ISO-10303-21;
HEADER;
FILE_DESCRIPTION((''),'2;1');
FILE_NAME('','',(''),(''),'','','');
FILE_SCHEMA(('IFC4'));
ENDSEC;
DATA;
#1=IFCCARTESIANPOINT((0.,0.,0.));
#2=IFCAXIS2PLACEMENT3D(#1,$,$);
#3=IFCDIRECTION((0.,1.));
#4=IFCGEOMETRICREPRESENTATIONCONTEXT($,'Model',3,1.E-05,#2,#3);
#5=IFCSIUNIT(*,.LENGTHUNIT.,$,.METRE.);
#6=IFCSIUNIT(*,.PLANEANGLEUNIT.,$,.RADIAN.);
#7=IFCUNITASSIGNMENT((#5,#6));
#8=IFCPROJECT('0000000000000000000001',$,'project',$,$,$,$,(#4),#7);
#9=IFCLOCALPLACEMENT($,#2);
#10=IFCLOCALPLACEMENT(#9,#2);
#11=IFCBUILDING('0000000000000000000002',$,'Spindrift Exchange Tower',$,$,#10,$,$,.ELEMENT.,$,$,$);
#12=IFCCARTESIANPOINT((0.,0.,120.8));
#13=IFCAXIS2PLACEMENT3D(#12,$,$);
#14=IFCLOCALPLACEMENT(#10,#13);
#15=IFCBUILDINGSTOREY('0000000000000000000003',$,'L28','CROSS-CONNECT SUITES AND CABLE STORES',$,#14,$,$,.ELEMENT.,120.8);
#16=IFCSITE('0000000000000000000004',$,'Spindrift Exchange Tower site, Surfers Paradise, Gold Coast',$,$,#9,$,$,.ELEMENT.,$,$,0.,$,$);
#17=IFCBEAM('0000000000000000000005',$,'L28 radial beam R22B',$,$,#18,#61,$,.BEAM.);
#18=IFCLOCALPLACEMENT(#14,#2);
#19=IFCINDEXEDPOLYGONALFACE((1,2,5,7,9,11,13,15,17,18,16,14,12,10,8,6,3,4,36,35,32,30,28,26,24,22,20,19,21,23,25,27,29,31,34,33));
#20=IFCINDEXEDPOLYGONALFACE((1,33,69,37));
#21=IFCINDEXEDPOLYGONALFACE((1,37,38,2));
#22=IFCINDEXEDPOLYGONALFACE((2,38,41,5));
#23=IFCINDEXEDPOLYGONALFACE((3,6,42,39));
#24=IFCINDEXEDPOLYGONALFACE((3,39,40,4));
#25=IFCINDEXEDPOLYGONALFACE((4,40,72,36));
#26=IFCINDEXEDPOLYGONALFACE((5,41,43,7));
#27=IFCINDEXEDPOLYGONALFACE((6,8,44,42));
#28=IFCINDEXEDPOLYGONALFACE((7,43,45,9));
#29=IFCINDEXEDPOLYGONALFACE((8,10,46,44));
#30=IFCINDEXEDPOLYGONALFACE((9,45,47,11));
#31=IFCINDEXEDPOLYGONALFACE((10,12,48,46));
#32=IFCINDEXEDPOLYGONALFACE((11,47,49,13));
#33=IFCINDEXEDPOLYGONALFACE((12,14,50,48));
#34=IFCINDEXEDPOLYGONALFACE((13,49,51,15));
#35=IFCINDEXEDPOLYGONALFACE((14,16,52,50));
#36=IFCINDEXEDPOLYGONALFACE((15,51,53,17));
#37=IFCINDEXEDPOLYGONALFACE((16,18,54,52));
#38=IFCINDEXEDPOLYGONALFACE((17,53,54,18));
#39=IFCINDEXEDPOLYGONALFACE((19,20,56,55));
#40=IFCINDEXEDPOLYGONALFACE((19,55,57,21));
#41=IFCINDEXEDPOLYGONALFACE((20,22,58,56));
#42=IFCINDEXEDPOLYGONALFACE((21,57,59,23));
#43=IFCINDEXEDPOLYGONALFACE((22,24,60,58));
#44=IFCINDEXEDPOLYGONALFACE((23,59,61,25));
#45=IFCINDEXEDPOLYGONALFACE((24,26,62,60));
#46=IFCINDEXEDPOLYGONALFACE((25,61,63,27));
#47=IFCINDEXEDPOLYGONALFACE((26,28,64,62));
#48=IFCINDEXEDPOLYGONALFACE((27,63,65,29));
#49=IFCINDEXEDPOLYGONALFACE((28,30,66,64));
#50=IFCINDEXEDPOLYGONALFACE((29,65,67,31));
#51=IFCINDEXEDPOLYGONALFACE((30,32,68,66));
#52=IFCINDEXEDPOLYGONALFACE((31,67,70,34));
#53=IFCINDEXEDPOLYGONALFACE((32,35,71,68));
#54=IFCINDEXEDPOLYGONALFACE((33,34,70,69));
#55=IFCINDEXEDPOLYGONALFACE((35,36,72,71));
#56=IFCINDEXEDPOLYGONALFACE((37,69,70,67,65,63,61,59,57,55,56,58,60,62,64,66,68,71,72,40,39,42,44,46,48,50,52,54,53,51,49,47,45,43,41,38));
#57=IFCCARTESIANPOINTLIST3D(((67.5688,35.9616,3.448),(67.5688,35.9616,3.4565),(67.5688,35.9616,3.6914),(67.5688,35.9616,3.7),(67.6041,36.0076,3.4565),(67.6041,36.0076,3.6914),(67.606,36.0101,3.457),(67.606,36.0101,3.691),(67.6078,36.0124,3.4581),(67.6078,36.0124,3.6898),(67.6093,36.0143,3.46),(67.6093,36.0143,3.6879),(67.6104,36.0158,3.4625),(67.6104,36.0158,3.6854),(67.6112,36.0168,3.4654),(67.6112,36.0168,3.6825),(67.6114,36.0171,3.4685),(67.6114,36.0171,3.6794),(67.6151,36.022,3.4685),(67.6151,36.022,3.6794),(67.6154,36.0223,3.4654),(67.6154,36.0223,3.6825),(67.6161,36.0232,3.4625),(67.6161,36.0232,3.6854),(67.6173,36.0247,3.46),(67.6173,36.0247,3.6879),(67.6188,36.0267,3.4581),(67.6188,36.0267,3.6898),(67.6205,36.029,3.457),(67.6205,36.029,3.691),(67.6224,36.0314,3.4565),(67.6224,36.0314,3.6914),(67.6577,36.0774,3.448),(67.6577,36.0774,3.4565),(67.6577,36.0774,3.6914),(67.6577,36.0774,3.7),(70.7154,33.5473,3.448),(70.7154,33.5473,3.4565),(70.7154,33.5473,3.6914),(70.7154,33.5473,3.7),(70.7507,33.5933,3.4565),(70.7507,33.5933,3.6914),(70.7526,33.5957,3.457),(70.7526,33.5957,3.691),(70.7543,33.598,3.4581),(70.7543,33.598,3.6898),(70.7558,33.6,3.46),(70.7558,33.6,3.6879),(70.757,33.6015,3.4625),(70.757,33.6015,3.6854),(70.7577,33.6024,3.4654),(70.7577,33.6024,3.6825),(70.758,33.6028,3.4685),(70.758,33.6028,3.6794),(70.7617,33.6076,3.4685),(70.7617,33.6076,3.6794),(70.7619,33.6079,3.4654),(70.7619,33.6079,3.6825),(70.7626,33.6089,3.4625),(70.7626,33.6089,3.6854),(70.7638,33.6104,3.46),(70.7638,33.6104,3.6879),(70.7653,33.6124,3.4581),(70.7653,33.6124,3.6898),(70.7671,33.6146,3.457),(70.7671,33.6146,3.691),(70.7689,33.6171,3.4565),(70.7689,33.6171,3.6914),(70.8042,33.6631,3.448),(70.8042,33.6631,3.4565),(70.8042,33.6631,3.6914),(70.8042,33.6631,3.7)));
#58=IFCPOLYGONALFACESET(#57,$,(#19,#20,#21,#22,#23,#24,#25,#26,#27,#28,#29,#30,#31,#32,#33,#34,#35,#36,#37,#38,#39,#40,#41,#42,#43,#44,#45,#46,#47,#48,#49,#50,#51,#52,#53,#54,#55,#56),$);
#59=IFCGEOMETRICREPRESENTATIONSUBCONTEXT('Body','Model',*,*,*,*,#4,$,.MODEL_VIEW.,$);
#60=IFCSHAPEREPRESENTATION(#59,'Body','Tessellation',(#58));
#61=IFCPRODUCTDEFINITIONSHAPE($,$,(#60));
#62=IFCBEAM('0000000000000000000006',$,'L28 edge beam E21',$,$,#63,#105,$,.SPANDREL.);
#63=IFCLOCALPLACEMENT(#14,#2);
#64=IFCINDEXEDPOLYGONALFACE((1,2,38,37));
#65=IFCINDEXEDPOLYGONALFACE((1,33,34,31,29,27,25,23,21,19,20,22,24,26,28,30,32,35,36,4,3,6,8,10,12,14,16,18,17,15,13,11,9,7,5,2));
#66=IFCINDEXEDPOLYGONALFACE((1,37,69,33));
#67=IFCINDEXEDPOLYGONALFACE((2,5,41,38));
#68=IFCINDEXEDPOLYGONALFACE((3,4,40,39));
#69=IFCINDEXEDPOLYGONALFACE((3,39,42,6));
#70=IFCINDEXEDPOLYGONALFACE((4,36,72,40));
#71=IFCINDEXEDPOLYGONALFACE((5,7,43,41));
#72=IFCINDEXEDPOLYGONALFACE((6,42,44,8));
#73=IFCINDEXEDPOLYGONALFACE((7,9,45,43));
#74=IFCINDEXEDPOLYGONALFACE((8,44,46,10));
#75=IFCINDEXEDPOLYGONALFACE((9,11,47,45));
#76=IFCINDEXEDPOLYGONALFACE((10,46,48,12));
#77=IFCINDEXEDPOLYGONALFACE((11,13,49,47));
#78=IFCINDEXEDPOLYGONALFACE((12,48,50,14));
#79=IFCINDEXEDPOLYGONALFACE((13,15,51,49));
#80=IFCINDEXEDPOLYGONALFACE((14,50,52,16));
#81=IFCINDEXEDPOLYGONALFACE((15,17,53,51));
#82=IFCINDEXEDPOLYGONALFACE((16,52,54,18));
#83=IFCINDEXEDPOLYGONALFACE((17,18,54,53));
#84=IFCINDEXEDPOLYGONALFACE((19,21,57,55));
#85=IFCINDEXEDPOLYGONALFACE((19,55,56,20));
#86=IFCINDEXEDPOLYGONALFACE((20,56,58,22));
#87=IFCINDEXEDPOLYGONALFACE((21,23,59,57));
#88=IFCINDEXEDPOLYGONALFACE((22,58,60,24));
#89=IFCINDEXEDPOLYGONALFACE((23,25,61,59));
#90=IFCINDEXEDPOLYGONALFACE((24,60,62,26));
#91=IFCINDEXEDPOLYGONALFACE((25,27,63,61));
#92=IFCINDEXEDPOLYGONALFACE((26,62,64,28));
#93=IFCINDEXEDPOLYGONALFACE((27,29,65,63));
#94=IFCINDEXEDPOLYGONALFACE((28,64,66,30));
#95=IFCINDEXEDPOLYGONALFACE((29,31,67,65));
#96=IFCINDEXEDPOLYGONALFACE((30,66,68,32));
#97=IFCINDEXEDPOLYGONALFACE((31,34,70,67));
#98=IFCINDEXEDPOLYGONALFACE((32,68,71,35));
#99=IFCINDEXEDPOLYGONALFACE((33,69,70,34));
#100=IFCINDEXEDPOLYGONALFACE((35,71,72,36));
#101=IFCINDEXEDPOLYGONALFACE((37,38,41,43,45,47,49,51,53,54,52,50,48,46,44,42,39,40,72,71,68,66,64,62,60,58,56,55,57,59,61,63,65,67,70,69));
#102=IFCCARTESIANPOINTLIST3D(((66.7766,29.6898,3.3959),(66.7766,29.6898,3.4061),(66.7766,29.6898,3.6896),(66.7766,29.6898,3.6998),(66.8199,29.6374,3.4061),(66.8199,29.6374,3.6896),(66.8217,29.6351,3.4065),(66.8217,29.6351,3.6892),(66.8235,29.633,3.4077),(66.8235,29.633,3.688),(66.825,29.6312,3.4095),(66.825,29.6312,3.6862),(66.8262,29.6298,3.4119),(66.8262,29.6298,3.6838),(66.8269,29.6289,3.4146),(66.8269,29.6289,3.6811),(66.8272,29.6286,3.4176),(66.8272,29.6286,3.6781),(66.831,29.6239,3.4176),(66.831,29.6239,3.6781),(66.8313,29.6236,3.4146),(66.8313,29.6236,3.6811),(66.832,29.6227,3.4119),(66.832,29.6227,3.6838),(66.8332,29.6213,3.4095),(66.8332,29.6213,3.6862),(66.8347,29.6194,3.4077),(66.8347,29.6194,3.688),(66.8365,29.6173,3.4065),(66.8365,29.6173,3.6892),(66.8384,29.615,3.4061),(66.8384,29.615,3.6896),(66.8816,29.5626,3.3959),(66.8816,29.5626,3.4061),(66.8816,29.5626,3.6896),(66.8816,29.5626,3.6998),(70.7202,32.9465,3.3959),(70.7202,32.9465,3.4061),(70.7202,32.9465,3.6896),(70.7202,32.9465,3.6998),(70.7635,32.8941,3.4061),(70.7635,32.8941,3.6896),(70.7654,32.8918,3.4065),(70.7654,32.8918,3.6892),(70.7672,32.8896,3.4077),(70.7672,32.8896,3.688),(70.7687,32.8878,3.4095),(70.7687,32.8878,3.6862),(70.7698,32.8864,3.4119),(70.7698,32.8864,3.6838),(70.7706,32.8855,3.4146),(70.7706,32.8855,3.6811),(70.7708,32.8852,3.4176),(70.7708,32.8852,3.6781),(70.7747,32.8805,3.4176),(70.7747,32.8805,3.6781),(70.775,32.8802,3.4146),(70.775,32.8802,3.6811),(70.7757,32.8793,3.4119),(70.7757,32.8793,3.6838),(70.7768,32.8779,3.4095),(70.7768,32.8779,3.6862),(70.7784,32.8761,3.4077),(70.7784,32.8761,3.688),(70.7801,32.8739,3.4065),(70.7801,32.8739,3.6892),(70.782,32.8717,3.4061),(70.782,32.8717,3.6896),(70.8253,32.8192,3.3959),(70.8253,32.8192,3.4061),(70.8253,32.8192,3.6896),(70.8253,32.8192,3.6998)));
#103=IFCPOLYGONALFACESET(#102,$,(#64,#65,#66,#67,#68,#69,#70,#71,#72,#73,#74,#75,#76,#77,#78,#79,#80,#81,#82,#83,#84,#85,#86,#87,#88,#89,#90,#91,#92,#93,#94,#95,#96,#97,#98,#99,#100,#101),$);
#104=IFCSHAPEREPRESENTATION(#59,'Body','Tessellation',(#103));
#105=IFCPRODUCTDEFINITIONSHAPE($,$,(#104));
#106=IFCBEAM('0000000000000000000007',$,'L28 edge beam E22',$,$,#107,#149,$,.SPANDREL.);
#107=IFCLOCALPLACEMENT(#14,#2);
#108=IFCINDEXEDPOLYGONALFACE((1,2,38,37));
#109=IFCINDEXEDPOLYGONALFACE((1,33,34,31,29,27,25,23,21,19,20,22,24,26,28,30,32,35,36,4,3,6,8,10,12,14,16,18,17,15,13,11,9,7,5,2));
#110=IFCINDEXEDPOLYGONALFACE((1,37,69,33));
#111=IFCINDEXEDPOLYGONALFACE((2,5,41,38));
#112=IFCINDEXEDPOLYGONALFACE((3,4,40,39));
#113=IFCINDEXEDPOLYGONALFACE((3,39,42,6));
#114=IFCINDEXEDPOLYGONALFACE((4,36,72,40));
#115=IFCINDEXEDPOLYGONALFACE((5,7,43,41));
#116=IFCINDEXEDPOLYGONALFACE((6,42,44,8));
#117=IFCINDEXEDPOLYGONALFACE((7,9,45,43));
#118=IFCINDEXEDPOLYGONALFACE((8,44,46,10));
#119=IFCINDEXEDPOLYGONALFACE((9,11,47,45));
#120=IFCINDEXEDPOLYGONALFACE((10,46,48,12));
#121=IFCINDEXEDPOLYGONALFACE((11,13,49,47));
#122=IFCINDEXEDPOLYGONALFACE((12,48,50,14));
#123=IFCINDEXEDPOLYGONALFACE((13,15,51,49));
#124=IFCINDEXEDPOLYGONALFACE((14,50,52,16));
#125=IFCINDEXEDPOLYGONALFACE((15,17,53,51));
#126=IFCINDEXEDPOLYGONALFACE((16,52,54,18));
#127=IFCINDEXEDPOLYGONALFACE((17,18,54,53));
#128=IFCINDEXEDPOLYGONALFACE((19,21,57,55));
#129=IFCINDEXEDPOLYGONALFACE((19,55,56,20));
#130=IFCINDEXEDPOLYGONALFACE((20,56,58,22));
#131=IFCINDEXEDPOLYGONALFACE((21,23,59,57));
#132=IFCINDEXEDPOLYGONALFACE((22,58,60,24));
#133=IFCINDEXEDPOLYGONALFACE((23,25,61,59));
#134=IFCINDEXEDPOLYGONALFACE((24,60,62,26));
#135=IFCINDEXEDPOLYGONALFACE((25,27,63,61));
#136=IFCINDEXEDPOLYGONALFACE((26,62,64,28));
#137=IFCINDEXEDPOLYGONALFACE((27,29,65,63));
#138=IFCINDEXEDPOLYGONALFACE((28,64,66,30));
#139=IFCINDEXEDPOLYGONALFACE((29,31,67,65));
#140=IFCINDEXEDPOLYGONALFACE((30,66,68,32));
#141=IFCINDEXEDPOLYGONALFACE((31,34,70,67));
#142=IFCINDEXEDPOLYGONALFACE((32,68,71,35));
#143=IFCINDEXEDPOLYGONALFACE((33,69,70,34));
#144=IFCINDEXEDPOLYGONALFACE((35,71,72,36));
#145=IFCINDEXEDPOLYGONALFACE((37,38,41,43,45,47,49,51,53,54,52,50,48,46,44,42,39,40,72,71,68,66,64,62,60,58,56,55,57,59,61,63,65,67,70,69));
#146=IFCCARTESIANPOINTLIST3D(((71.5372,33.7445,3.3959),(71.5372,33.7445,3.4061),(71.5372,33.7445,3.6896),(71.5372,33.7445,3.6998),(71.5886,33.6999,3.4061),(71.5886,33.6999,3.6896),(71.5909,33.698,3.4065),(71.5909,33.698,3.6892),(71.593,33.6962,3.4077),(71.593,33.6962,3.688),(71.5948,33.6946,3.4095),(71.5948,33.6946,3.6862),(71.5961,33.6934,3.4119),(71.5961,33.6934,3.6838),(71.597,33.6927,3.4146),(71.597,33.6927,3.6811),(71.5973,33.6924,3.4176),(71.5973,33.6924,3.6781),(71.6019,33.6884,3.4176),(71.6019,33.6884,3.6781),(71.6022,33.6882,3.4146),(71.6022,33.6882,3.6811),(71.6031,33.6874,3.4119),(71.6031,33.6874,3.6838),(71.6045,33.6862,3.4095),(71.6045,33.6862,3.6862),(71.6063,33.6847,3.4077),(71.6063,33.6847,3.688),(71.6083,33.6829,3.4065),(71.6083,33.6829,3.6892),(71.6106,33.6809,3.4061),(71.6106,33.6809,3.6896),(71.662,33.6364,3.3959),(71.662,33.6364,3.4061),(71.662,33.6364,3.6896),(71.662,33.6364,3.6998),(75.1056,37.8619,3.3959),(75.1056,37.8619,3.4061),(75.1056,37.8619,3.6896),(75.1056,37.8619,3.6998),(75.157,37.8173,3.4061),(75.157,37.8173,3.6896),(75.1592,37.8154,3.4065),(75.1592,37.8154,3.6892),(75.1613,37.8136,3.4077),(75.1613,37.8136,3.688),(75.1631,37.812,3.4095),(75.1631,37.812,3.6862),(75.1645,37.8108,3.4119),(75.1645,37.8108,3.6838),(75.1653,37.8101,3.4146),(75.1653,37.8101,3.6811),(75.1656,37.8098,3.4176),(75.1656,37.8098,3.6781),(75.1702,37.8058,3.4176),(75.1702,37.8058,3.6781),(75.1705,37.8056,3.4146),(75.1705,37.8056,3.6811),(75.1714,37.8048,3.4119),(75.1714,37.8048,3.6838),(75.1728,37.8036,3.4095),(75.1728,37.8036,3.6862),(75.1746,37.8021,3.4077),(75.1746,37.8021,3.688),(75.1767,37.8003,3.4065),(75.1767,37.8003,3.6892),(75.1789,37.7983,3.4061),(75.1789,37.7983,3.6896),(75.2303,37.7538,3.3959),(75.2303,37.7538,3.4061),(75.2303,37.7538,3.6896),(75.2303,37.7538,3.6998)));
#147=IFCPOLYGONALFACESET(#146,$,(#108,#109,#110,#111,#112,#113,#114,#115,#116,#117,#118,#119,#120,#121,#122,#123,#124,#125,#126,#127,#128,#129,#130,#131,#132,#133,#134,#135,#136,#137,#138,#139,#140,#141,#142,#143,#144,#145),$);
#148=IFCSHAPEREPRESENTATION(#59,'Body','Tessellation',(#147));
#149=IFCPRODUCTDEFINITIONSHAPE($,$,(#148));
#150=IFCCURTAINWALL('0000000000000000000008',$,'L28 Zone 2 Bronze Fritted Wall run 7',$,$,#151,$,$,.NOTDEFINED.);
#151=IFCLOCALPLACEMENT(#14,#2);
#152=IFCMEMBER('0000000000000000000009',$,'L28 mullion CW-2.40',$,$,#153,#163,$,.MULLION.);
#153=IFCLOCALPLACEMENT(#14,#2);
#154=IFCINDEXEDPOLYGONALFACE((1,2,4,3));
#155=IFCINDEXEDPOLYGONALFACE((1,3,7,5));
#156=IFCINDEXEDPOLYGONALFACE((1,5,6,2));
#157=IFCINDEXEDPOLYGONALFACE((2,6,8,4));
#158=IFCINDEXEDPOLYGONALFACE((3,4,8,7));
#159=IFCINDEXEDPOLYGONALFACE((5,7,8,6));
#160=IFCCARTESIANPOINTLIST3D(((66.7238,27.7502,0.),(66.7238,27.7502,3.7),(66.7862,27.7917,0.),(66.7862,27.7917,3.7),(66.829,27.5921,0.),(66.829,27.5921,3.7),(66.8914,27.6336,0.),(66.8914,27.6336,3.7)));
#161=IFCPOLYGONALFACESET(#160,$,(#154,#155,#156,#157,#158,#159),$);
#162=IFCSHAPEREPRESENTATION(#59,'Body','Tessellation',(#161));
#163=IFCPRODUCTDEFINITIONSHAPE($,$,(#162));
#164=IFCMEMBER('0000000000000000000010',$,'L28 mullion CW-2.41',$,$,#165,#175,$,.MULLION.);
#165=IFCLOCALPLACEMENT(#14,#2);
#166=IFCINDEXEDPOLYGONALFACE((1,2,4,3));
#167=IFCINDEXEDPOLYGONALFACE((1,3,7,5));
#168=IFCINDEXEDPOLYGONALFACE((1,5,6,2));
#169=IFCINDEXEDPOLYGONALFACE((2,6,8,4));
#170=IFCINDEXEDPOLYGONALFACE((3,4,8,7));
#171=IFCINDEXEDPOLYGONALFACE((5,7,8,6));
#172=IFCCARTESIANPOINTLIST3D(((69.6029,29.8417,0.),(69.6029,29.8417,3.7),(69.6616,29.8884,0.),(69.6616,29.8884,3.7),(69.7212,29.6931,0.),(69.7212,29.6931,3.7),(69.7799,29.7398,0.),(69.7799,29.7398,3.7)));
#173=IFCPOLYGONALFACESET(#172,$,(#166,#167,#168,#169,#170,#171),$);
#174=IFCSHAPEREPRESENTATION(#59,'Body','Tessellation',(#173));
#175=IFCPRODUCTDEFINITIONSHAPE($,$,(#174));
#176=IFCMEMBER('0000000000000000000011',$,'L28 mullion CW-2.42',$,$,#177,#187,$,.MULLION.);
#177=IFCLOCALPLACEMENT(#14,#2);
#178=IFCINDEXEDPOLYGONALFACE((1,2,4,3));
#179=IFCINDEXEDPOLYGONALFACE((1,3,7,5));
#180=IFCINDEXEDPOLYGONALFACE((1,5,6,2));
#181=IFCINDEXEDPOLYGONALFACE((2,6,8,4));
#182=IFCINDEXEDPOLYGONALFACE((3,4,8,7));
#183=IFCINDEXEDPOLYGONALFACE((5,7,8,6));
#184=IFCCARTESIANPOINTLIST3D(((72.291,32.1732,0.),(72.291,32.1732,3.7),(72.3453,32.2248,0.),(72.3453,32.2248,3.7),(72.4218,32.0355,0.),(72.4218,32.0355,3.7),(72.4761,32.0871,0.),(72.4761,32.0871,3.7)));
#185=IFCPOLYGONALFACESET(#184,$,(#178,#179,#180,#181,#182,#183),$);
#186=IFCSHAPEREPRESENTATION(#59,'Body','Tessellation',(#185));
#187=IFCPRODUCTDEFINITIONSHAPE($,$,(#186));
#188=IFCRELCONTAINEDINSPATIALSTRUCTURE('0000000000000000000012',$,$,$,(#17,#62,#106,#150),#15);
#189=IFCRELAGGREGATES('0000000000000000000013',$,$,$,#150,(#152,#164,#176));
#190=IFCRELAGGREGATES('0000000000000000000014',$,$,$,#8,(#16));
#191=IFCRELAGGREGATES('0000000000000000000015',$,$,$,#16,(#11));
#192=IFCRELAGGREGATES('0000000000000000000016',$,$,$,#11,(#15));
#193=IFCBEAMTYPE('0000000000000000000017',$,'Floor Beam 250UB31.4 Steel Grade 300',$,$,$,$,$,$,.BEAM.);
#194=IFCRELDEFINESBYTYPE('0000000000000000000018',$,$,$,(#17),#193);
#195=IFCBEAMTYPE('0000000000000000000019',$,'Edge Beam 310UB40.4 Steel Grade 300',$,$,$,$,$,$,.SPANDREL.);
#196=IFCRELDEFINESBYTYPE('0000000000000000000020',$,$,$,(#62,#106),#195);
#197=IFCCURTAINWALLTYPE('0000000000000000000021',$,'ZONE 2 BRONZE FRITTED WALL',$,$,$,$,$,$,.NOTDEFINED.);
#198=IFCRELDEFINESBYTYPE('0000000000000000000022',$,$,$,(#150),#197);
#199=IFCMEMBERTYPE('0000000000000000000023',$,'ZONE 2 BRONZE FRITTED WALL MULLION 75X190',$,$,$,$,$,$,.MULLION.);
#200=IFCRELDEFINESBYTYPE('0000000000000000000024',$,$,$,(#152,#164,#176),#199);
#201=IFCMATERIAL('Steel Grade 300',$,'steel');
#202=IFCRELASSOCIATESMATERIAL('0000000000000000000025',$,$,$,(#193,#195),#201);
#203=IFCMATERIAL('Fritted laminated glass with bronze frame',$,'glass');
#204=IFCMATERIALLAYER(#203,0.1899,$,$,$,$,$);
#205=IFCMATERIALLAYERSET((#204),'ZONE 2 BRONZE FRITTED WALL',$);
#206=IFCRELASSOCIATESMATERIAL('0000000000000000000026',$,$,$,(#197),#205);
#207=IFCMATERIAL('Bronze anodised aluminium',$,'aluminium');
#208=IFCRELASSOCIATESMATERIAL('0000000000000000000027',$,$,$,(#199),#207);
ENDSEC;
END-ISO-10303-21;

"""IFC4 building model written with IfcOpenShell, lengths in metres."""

from ifc_helpers import new_model, si_unit, direction, frame, origin, origin_2d, place, context, subcontext, project, spatial, rectangle, i_section, extrude, source, transform, mapped, material, layer, layer_set, material_profile, profile_set, type_object, element, aggregate, save


model = new_model("IFC4")

# Units and contexts
model_context = context("Model", 3, precision=1e-05, world=origin(), true_north=direction((0.0, 1.0)))
body_context = subcontext(model_context, "Body", "Model", "MODEL_VIEW")
ifc_project = project(units=[si_unit("LENGTHUNIT", "METRE"), si_unit("PLANEANGLEUNIT", "RADIAN")], contexts=[model_context])

# Site, building, storey
site_placement = place(None, origin())
site = spatial("IfcSite", under=ifc_project, at=site_placement, Name="Spindrift Exchange Tower site, Surfers Paradise, Gold Coast", CompositionType="ELEMENT", RefElevation=0.0)
building_placement = place(site_placement, origin())
building = spatial("IfcBuilding", under=site, at=building_placement, Name="Spindrift Exchange Tower", CompositionType="ELEMENT")
storey_placement = place(building_placement, frame((0.0, 0.0, 120.8)))
storey = spatial("IfcBuildingStorey", under=building, at=storey_placement, Name="L28", Description="CROSS-CONNECT SUITES AND CABLE STORES", CompositionType="ELEMENT", Elevation=120.8)

# Beams
ifc_material_1 = material(Name="Steel Grade 300", Category="steel")
ifc_material_profile_1 = material_profile(ifc_material_1, i_section(OverallWidth=0.146, OverallDepth=0.252, WebThickness=0.0061, FlangeThickness=0.0085, FilletRadius=0.012, at=origin_2d()), Name="250UB31.4")
ifc_profile_set_1 = profile_set([ifc_material_profile_1], Name="Steel Grade 300")
beam_type_1 = type_object("IfcBeamType", Name="Floor Beam 250UB31.4 Steel Grade 300", PredefinedType="BEAM", material=ifc_profile_set_1)
shared_shape_1 = source(origin(), body_context, "Body", "SweptSolid", [
    extrude(i_section(OverallWidth=0.146, OverallDepth=0.252, WebThickness=0.0061, FlangeThickness=0.0085, FilletRadius=0.012, at=origin_2d()), origin(), (0.0, 0.0, 1.0), 3.9661),
])
beam_1_placement = place(storey_placement, frame((67.6133, 36.0195, 3.574), z_axis=(0.793363, -0.608749, 0.0), x_axis=(0.608749, 0.793363, 0.0)))
element("IfcBeam", 1, at=beam_1_placement, inside=storey, type_object=beam_type_1, Name="L28 radial beam R22B", PredefinedType="BEAM", context=body_context, shape_type="MappedRepresentation", body=[
    mapped(shared_shape_1, transform((0.0, 0.0, 0.0), scale=1.0)),
])
ifc_material_profile_2 = material_profile(ifc_material_1, i_section(OverallWidth=0.165, OverallDepth=0.304, WebThickness=0.0061, FlangeThickness=0.0103, FilletRadius=0.0115, at=origin_2d()), Name="310UB40.4")
ifc_profile_set_2 = profile_set([ifc_material_profile_2], Name="Steel Grade 300")
beam_type_2 = type_object("IfcBeamType", Name="Edge Beam 310UB40.4 Steel Grade 300", PredefinedType="SPANDREL", material=ifc_profile_set_2)
shared_shape_2 = source(origin(), body_context, "Body", "SweptSolid", [
    extrude(i_section(OverallWidth=0.165, OverallDepth=0.304, WebThickness=0.0061, FlangeThickness=0.0103, FilletRadius=0.0115, at=origin_2d()), origin(), (0.0, 0.0, 1.0), 5.1145),
])
beam_2_placement = place(storey_placement, frame((66.8291, 29.6262, 3.5479), z_axis=(0.771074, 0.636746, 0.0), x_axis=(-0.636746, 0.771074, 0.0)))
element("IfcBeam", 2, at=beam_2_placement, inside=storey, type_object=beam_type_2, Name="L28 edge beam E21", PredefinedType="SPANDREL", context=body_context, shape_type="MappedRepresentation", body=[
    mapped(shared_shape_2, transform((0.0, 0.0, 0.0), scale=1.0)),
])
shared_shape_3 = source(origin(), body_context, "Body", "SweptSolid", [
    extrude(i_section(OverallWidth=0.165, OverallDepth=0.304, WebThickness=0.0061, FlangeThickness=0.0103, FilletRadius=0.0115, at=origin_2d()), origin(), (0.0, 0.0, 1.0), 5.4485),
])
beam_3_placement = place(storey_placement, frame((71.5996, 33.6904, 3.5479), z_axis=(0.654922, 0.755696, 0.0), x_axis=(-0.755696, 0.654922, 0.0)))
element("IfcBeam", 3, at=beam_3_placement, inside=storey, type_object=beam_type_2, Name="L28 edge beam E22", PredefinedType="SPANDREL", context=body_context, shape_type="MappedRepresentation", body=[
    mapped(shared_shape_3, transform((0.0, 0.0, 0.0), scale=1.0)),
])

# Curtain wall, members
ifc_material_2 = material(Name="Fritted laminated glass with bronze frame", Category="glass")
ifc_layer_1 = layer(ifc_material_2, 0.1899)
ifc_layer_set_1 = layer_set([ifc_layer_1], Name="ZONE 2 BRONZE FRITTED WALL")
curtain_wall_type = type_object("IfcCurtainWallType", Name="ZONE 2 BRONZE FRITTED WALL", PredefinedType="NOTDEFINED", material=ifc_layer_set_1)
curtain_wall_1_placement = place(storey_placement, origin())
curtain_wall_1 = element("IfcCurtainWall", 4, at=curtain_wall_1_placement, inside=storey, type_object=curtain_wall_type, Name="L28 Zone 2 Bronze Fritted Wall run 7", PredefinedType="NOTDEFINED")
ifc_material_3 = material(Name="Bronze anodised aluminium", Category="aluminium")
ifc_material_profile_3 = material_profile(ifc_material_3, rectangle(XDim=0.075, YDim=0.1899, at=origin_2d()), Name="ZONE 2 BRONZE FRITTED WALL MULLION 75X190")
ifc_profile_set_3 = profile_set([ifc_material_profile_3], Name="Bronze anodised aluminium")
member_type_1 = type_object("IfcMemberType", Name="ZONE 2 BRONZE FRITTED WALL MULLION 75X190", PredefinedType="MULLION", material=ifc_profile_set_3)
shared_shape_4 = source(origin(), body_context, "Body", "SweptSolid", [
    extrude(rectangle(XDim=0.075, YDim=0.1899, at=origin_2d()), origin(), (0.0, 0.0, 1.0), 3.7),
])
member_1_placement = place(storey_placement, frame((66.8076, 27.6919, 0.0), z_axis=(0.0, 0.0, 1.0), x_axis=(0.832715, 0.553702, 0.0)))
member_1 = element("IfcMember", 5, at=member_1_placement, type_object=member_type_1, Name="L28 mullion CW-2.40", PredefinedType="MULLION", context=body_context, shape_type="MappedRepresentation", body=[
    mapped(shared_shape_4, transform((0.0, 0.0, 0.0), scale=1.0)),
])
member_2_placement = place(storey_placement, frame((69.6914, 29.7908, 0.0), z_axis=(0.0, 0.0, 1.0), x_axis=(0.782425, 0.622744, 0.0)))
member_2 = element("IfcMember", 6, at=member_2_placement, type_object=member_type_1, Name="L28 mullion CW-2.41", PredefinedType="MULLION", context=body_context, shape_type="MappedRepresentation", body=[
    mapped(shared_shape_4, transform((0.0, 0.0, 0.0), scale=1.0)),
])
member_3_placement = place(storey_placement, frame((72.3835, 32.1301, 0.0), z_axis=(0.0, 0.0, 1.0), x_axis=(0.724902, 0.688852, 0.0)))
member_3 = element("IfcMember", 7, at=member_3_placement, type_object=member_type_1, Name="L28 mullion CW-2.42", PredefinedType="MULLION", context=body_context, shape_type="MappedRepresentation", body=[
    mapped(shared_shape_4, transform((0.0, 0.0, 0.0), scale=1.0)),
])

aggregate(curtain_wall_1, [member_1, member_2, member_3])

save(model, "model.ifc")
